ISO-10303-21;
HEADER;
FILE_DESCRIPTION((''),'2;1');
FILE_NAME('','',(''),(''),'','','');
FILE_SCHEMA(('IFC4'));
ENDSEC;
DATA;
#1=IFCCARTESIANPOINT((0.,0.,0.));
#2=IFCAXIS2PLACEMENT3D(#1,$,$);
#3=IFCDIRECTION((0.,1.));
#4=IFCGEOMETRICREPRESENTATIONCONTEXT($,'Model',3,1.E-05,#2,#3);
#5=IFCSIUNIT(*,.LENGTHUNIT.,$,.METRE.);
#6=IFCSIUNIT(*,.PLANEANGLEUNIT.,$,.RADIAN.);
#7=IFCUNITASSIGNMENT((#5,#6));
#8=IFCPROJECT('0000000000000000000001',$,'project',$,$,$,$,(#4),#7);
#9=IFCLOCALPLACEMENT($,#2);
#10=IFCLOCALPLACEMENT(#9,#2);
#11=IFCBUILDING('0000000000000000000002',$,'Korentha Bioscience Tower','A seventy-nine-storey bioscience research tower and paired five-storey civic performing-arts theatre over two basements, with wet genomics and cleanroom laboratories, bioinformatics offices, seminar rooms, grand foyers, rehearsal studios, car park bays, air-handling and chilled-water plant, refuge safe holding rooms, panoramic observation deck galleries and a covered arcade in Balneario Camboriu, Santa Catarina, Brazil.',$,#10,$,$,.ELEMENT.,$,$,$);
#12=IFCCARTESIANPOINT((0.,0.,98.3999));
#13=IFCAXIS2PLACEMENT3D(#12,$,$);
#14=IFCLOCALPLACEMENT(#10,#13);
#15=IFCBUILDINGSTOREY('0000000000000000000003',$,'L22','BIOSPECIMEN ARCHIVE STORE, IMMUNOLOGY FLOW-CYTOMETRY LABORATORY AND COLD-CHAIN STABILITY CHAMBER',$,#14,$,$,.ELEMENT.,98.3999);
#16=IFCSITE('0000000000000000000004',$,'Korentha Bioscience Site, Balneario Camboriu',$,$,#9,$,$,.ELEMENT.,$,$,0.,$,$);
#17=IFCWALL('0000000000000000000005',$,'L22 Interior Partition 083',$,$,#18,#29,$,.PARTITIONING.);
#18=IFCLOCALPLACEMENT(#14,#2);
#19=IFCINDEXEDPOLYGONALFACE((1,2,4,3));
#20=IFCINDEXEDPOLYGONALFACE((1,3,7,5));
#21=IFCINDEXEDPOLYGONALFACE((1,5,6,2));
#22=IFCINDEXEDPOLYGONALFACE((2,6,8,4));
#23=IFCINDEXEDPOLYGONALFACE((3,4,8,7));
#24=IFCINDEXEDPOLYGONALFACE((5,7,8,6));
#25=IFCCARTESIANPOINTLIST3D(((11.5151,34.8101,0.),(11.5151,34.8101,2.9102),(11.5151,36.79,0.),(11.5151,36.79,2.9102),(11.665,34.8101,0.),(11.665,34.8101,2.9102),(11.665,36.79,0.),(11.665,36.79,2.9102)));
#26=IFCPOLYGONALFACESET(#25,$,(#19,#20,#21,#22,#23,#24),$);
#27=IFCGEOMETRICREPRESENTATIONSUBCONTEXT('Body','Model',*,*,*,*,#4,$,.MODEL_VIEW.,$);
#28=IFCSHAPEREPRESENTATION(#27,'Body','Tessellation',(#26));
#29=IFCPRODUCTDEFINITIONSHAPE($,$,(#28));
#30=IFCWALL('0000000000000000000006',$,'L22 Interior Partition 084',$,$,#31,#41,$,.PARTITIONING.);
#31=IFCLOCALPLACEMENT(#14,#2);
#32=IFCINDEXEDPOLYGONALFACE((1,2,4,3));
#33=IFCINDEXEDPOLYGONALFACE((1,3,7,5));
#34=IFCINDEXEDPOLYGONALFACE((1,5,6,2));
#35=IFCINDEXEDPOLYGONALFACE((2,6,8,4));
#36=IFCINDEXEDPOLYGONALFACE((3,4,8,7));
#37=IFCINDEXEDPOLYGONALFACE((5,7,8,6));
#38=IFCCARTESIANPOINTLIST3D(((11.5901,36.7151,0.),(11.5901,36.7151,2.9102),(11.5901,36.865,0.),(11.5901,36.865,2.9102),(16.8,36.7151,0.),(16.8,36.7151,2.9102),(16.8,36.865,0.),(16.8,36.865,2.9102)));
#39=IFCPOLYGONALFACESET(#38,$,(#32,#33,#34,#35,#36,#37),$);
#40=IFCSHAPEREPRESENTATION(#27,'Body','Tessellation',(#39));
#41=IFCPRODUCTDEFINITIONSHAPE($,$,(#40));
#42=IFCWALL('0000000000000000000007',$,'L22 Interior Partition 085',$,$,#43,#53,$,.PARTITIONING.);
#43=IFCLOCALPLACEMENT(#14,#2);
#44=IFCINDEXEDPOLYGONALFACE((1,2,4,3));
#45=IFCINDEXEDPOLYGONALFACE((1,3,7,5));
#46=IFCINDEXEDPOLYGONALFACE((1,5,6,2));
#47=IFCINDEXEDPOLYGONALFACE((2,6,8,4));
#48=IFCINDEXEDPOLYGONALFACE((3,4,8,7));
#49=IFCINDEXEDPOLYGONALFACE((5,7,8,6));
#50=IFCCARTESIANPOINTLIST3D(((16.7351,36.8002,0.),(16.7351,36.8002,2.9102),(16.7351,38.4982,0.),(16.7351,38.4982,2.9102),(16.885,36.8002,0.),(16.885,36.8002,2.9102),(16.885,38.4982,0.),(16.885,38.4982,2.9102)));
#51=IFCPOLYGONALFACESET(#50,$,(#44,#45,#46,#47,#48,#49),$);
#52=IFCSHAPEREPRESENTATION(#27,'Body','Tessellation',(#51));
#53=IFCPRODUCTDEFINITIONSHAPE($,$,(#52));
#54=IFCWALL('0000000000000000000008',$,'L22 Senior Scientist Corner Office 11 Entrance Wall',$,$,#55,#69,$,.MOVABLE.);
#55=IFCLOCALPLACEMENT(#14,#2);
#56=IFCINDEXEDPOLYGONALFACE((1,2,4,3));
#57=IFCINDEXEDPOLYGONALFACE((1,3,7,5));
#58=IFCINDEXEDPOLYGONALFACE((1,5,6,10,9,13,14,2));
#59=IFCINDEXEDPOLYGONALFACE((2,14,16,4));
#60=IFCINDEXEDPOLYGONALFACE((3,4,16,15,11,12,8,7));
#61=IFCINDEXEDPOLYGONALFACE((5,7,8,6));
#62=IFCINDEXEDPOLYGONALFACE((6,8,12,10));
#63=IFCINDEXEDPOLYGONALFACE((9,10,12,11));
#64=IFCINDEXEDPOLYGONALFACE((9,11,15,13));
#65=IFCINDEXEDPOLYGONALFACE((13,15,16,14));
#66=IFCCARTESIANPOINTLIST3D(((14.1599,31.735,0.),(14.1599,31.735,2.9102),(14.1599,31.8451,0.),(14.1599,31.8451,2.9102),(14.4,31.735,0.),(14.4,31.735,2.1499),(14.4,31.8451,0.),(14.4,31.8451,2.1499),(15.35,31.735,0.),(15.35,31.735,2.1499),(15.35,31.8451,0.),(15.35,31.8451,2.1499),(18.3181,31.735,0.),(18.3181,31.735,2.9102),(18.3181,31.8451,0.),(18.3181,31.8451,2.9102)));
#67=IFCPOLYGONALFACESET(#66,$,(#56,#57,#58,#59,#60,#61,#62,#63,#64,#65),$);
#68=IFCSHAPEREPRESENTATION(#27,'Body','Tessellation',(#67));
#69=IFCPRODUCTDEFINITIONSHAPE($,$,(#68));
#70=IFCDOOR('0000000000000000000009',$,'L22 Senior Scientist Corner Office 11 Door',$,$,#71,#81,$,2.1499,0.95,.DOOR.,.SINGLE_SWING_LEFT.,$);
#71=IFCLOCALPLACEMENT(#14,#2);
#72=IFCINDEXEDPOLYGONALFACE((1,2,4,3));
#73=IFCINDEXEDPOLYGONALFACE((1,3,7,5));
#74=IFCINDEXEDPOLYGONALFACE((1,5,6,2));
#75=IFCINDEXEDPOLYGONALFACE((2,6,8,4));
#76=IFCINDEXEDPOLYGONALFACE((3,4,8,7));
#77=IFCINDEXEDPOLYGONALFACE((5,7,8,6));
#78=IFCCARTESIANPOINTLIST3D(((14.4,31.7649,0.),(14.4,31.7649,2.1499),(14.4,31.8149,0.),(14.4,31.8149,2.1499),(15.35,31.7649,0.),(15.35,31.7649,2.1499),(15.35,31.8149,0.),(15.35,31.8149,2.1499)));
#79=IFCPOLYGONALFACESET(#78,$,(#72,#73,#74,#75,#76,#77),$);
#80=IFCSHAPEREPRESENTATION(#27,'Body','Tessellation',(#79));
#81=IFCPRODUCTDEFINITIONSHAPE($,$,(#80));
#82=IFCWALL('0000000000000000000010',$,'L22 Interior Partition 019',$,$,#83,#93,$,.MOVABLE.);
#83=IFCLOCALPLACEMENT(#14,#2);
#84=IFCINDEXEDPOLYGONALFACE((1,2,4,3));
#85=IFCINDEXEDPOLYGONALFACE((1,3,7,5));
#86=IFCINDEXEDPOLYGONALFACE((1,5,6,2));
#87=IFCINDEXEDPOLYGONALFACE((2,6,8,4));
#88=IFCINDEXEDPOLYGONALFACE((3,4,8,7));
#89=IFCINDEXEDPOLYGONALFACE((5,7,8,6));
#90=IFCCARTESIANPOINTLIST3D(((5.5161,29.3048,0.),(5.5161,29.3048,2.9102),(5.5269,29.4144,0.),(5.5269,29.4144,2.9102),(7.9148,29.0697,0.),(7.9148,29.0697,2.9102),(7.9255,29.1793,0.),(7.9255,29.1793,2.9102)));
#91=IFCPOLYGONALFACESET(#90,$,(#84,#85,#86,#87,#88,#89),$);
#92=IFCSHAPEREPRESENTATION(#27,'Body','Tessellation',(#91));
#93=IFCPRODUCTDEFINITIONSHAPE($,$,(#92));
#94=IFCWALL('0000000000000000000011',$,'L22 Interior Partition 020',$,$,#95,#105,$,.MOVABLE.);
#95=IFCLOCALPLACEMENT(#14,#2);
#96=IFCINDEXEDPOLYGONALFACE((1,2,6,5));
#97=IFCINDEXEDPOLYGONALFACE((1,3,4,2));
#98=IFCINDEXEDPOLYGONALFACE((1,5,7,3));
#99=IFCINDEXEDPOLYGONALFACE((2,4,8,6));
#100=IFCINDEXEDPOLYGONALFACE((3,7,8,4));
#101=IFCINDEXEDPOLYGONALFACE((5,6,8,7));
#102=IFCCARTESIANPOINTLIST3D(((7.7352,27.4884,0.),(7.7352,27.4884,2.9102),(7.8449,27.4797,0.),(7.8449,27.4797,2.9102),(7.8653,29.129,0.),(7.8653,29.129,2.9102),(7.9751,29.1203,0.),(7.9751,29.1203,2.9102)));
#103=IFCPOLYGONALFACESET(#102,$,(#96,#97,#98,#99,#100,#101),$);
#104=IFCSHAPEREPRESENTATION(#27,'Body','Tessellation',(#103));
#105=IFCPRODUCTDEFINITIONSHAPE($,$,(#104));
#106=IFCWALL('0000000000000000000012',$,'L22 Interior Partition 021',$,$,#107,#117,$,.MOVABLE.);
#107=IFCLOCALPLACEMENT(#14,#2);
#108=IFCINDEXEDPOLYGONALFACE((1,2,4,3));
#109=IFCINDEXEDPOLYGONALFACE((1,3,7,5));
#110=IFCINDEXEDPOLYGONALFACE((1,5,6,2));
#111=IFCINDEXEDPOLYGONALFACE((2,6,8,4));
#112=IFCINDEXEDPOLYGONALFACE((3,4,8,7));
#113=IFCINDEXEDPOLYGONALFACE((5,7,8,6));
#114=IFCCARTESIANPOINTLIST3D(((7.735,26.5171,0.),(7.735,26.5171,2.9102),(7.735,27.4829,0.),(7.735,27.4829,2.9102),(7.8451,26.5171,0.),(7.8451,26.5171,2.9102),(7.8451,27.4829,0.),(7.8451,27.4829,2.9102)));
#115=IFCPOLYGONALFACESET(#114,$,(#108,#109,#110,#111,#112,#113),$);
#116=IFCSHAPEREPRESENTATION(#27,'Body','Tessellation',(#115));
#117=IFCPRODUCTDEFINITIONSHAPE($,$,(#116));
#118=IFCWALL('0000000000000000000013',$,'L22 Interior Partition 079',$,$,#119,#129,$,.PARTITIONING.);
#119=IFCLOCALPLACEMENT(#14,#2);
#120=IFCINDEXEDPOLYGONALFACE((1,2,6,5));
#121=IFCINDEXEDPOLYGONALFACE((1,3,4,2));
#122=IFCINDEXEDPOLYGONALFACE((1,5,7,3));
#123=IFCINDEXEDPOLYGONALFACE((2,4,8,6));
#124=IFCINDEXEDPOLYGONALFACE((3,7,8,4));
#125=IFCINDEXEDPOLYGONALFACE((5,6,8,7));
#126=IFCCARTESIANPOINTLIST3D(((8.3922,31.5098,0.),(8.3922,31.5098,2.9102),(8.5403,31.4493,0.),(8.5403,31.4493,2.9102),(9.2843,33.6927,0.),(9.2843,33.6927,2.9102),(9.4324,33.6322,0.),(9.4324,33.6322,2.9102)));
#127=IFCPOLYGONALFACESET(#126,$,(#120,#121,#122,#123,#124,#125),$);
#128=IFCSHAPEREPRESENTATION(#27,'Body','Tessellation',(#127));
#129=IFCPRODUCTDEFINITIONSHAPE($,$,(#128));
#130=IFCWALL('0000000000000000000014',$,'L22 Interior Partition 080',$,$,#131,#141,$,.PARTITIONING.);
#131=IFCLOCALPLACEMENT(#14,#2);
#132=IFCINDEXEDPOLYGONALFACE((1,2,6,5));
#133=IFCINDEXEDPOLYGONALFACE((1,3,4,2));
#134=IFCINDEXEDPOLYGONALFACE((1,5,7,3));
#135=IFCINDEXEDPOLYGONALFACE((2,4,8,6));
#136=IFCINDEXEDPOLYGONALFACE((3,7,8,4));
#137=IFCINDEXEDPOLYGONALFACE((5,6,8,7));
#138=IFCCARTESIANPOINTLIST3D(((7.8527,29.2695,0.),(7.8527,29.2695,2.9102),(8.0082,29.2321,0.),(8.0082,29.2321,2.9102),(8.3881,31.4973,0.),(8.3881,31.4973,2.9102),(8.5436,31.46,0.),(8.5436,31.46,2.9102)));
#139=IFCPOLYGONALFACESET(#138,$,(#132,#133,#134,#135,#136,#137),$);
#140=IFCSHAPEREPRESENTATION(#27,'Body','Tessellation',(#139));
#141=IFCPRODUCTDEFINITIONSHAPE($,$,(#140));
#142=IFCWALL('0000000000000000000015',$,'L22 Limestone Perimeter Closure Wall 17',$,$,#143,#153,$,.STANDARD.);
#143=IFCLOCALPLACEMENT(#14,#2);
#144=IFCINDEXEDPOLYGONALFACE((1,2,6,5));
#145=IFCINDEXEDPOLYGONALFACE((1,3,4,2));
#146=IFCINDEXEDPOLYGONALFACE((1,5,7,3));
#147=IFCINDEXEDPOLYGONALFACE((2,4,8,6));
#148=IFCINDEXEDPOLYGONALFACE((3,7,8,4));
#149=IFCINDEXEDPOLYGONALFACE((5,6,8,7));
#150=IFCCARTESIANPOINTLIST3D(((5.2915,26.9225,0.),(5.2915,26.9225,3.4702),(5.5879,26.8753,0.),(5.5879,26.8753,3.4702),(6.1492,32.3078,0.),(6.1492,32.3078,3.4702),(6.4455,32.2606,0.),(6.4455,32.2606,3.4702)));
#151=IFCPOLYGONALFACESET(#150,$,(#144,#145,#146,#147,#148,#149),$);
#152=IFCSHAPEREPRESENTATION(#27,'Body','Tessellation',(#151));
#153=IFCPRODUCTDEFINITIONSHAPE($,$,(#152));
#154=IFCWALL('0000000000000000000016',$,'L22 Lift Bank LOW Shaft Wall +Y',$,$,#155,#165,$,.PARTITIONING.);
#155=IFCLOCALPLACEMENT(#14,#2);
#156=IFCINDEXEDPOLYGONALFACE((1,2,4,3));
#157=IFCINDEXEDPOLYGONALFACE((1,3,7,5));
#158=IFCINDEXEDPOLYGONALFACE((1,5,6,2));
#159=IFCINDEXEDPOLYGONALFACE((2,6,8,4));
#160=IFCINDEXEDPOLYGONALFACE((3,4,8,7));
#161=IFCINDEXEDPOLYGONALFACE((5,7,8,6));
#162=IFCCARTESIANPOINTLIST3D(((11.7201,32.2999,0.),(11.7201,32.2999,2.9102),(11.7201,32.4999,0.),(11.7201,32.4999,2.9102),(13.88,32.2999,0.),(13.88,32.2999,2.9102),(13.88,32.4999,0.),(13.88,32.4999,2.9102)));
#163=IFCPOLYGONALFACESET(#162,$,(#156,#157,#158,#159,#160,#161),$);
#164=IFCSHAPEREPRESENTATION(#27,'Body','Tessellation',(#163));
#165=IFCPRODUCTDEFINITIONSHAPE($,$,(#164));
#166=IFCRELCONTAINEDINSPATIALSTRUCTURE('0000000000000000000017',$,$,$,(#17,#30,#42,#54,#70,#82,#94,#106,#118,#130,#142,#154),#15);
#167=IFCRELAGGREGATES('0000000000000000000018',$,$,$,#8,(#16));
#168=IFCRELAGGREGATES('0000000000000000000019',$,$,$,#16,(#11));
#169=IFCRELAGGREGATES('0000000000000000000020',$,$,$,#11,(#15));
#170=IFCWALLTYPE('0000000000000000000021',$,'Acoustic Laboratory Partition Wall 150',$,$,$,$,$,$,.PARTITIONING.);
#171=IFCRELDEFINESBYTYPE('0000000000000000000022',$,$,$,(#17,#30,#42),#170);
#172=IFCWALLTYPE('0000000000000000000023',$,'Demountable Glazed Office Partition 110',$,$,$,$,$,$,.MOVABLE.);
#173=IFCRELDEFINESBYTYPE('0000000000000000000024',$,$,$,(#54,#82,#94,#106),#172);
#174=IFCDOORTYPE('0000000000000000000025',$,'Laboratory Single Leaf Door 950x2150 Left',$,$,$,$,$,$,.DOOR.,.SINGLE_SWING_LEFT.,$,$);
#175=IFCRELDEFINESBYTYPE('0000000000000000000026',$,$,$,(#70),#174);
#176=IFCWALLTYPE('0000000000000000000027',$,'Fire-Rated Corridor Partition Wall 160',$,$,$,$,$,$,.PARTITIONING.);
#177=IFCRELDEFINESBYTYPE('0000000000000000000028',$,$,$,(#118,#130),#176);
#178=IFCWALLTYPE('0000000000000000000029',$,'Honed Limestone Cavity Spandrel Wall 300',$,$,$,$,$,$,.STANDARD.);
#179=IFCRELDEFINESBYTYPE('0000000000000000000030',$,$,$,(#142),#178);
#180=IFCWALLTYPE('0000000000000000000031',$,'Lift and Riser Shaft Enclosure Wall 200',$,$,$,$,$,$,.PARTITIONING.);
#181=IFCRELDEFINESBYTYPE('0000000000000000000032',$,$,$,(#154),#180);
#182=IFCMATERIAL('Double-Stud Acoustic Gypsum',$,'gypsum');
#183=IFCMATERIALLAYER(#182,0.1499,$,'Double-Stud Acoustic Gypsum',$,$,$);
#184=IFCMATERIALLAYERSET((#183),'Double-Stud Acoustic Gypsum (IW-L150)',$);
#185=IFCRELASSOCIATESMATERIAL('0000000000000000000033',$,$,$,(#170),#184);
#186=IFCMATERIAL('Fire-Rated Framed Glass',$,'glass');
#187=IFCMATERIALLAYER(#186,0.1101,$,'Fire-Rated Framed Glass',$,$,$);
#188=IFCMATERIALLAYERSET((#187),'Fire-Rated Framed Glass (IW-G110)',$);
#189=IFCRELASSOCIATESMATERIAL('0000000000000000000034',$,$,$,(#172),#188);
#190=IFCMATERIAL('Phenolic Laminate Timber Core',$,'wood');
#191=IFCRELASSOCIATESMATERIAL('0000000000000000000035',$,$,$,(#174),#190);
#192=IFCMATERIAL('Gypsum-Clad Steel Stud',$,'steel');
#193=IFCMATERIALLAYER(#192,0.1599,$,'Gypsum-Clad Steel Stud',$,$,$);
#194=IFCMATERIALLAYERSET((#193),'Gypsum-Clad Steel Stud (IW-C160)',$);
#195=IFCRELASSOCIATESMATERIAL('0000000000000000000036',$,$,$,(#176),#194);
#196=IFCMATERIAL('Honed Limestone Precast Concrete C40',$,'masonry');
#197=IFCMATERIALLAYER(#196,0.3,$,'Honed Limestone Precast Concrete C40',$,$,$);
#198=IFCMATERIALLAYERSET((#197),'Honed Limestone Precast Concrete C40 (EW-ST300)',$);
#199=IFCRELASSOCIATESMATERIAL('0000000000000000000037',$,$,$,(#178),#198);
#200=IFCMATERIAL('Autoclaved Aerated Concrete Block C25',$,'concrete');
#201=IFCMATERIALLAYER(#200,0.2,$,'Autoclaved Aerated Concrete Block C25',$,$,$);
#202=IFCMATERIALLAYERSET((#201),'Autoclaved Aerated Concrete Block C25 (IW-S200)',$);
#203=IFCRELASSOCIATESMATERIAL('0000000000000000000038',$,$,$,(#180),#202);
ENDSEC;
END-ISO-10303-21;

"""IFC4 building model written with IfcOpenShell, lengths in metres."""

from ifc_helpers import new_model, si_unit, direction, frame, frame_2d, origin, place, context, subcontext, project, spatial, rectangle, extrude, material, layer, layer_set, type_object, element, fill, save


model = new_model("IFC4")

# Units and contexts
model_context = context("Model", 3, precision=1e-05, world=origin(), true_north=direction((0.0, 1.0)))
body_context = subcontext(model_context, "Body", "Model", "MODEL_VIEW")
ifc_project = project(units=[si_unit("LENGTHUNIT", "METRE"), si_unit("PLANEANGLEUNIT", "RADIAN")], contexts=[model_context])

# Site, building, storey
site_placement = place(None, origin())
site = spatial("IfcSite", under=ifc_project, at=site_placement, Name="Korentha Bioscience Site, Balneario Camboriu", CompositionType="ELEMENT", RefElevation=0.0)
building_placement = place(site_placement, origin())
building = spatial("IfcBuilding", under=site, at=building_placement, Name="Korentha Bioscience Tower", Description="A seventy-nine-storey bioscience research tower and paired five-storey civic performing-arts theatre over two basements, with wet genomics and cleanroom laboratories, bioinformatics offices, seminar rooms, grand foyers, rehearsal studios, car park bays, air-handling and chilled-water plant, refuge safe holding rooms, panoramic observation deck galleries and a covered arcade in Balneario Camboriu, Santa Catarina, Brazil.", CompositionType="ELEMENT")
storey_placement = place(building_placement, frame((0.0, 0.0, 98.3999)))
storey = spatial("IfcBuildingStorey", under=building, at=storey_placement, Name="L22", Description="BIOSPECIMEN ARCHIVE STORE, IMMUNOLOGY FLOW-CYTOMETRY LABORATORY AND COLD-CHAIN STABILITY CHAMBER", CompositionType="ELEMENT", Elevation=98.3999)

# Walls
ifc_material_1 = material(Name="Double-Stud Acoustic Gypsum", Category="gypsum")
ifc_layer_1 = layer(ifc_material_1, 0.1499, Name="Double-Stud Acoustic Gypsum")
ifc_layer_set_1 = layer_set([ifc_layer_1], Name="Double-Stud Acoustic Gypsum (IW-L150)")
wall_type_1 = type_object("IfcWallType", Name="Acoustic Laboratory Partition Wall 150", PredefinedType="PARTITIONING", material=ifc_layer_set_1)
wall_1_placement = place(storey_placement, frame((11.5901, 34.8101, 0.0), z_axis=(0.0, 0.0, 1.0), x_axis=(0.0, 1.0, 0.0)))
element("IfcWall", 1, at=wall_1_placement, inside=storey, type_object=wall_type_1, Name="L22 Interior Partition 083", PredefinedType="PARTITIONING", context=body_context, shape_type="SweptSolid", body=[
    extrude(rectangle(XDim=1.98, YDim=0.1499, at=frame_2d((0.99, 0.0))), origin(), (0.0, 0.0, 1.0), 2.9102),
])
wall_2_placement = place(storey_placement, frame((11.5901, 36.79, 0.0), z_axis=(0.0, 0.0, 1.0), x_axis=(1.0, 0.0, 0.0)))
element("IfcWall", 2, at=wall_2_placement, inside=storey, type_object=wall_type_1, Name="L22 Interior Partition 084", PredefinedType="PARTITIONING", context=body_context, shape_type="SweptSolid", body=[
    extrude(rectangle(XDim=5.21, YDim=0.1499, at=frame_2d((2.605, 0.0))), origin(), (0.0, 0.0, 1.0), 2.9102),
])
wall_3_placement = place(storey_placement, frame((16.8101, 36.8, 0.0), z_axis=(0.0, 0.0, 1.0), x_axis=(0.0, 1.0, 0.0)))
element("IfcWall", 3, at=wall_3_placement, inside=storey, type_object=wall_type_1, Name="L22 Interior Partition 085", PredefinedType="PARTITIONING", context=body_context, shape_type="SweptSolid", body=[
    extrude(rectangle(XDim=1.698, YDim=0.1499, at=frame_2d((0.8491, 0.0))), origin(), (0.0, 0.0, 1.0), 2.9102),
])

# Wall, opening, door
ifc_material_2 = material(Name="Fire-Rated Framed Glass", Category="glass")
ifc_layer_2 = layer(ifc_material_2, 0.1101, Name="Fire-Rated Framed Glass")
ifc_layer_set_2 = layer_set([ifc_layer_2], Name="Fire-Rated Framed Glass (IW-G110)")
wall_type_2 = type_object("IfcWallType", Name="Demountable Glazed Office Partition 110", PredefinedType="MOVABLE", material=ifc_layer_set_2)
wall_4_placement = place(storey_placement, frame((14.1599, 31.79, 0.0), z_axis=(0.0, 0.0, 1.0), x_axis=(1.0, 0.0, 0.0)))
wall_4 = element("IfcWall", 4, at=wall_4_placement, inside=storey, type_object=wall_type_2, Name="L22 Senior Scientist Corner Office 11 Entrance Wall", PredefinedType="MOVABLE", context=body_context, shape_type="SweptSolid", body=[
    extrude(rectangle(XDim=4.1582, YDim=0.1101, at=frame_2d((2.0791, 0.0))), origin(), (0.0, 0.0, 1.0), 2.9102),
])
opening_placement = place(wall_4_placement, frame((0.24, 0.0, 0.0)))
opening = element("IfcOpeningElement", 5, at=opening_placement, cuts=wall_4, PredefinedType="OPENING", context=body_context, shape_type="SweptSolid", body=[
    extrude(rectangle(XDim=0.95, YDim=2.1499, at=frame_2d((0.4751, 1.075))), frame((0.0, 0.0698, 0.0), z_axis=(0.0, -1.0, 0.0), x_axis=(1.0, 0.0, 0.0)), (0.0, 0.0, 1.0), 0.1399),
])
ifc_material_3 = material(Name="Phenolic Laminate Timber Core", Category="wood")
door_type = type_object("IfcDoorType", Name="Laboratory Single Leaf Door 950x2150 Left", OperationType="SINGLE_SWING_LEFT", PredefinedType="DOOR", material=ifc_material_3)
door_placement = place(opening_placement, origin())
door = element("IfcDoor", 6, at=door_placement, inside=storey, type_object=door_type, Name="L22 Senior Scientist Corner Office 11 Door", OperationType="SINGLE_SWING_LEFT", OverallHeight=2.1499, OverallWidth=0.95, PredefinedType="DOOR", context=body_context, shape_type="SweptSolid", body=[
    extrude(rectangle(XDim=0.95, YDim=2.1499, at=frame_2d((0.4751, 1.075))), frame((0.0, 0.0249, 0.0), z_axis=(0.0, -1.0, 0.0), x_axis=(1.0, 0.0, 0.0)), (0.0, 0.0, 1.0), 0.05),
])
fill(opening, door)

# Walls
wall_5_placement = place(storey_placement, frame((5.5215, 29.3596, 0.0), z_axis=(0.0, 0.0, 1.0), x_axis=(0.995231, -0.097548, 0.0)))
element("IfcWall", 7, at=wall_5_placement, inside=storey, type_object=wall_type_2, Name="L22 Interior Partition 019", PredefinedType="MOVABLE", context=body_context, shape_type="SweptSolid", body=[
    extrude(rectangle(XDim=2.4102, YDim=0.1101, at=frame_2d((1.2051, 0.0))), origin(), (0.0, 0.0, 1.0), 2.9102),
])
wall_6_placement = place(storey_placement, frame((7.9202, 29.1245, 0.0), z_axis=(0.0, 0.0, 1.0), x_axis=(-0.079067, -0.996869, 0.0)))
element("IfcWall", 8, at=wall_6_placement, inside=storey, type_object=wall_type_2, Name="L22 Interior Partition 020", PredefinedType="MOVABLE", context=body_context, shape_type="SweptSolid", body=[
    extrude(rectangle(XDim=1.6458, YDim=0.1101, at=frame_2d((0.8228, 0.0))), origin(), (0.0, 0.0, 1.0), 2.9102),
])
wall_7_placement = place(storey_placement, frame((7.79, 27.4829, 0.0), z_axis=(0.0, 0.0, 1.0), x_axis=(0.0, -1.0, 0.0)))
element("IfcWall", 9, at=wall_7_placement, inside=storey, type_object=wall_type_2, Name="L22 Interior Partition 021", PredefinedType="MOVABLE", context=body_context, shape_type="SweptSolid", body=[
    extrude(rectangle(XDim=0.9658, YDim=0.1101, at=frame_2d((0.4829, 0.0))), origin(), (0.0, 0.0, 1.0), 2.9102),
])
ifc_material_4 = material(Name="Gypsum-Clad Steel Stud", Category="steel")
ifc_layer_3 = layer(ifc_material_4, 0.1599, Name="Gypsum-Clad Steel Stud")
ifc_layer_set_3 = layer_set([ifc_layer_3], Name="Gypsum-Clad Steel Stud (IW-C160)")
wall_type_3 = type_object("IfcWallType", Name="Fire-Rated Corridor Partition Wall 160", PredefinedType="PARTITIONING", material=ifc_layer_set_3)
wall_8_placement = place(storey_placement, frame((9.3584, 33.6626, 0.0), z_axis=(0.0, 0.0, 1.0), x_axis=(-0.378306, -0.92568, 0.0)))
element("IfcWall", 10, at=wall_8_placement, inside=storey, type_object=wall_type_3, Name="L22 Interior Partition 079", PredefinedType="PARTITIONING", context=body_context, shape_type="SweptSolid", body=[
    extrude(rectangle(XDim=2.3582, YDim=0.1599, at=frame_2d((1.1792, 0.0))), origin(), (0.0, 0.0, 1.0), 2.9102),
])
wall_9_placement = place(storey_placement, frame((8.4658, 31.4785, 0.0), z_axis=(0.0, 0.0, 1.0), x_axis=(-0.233675, -0.972315, 0.0)))
element("IfcWall", 11, at=wall_9_placement, inside=storey, type_object=wall_type_3, Name="L22 Interior Partition 080", PredefinedType="PARTITIONING", context=body_context, shape_type="SweptSolid", body=[
    extrude(rectangle(XDim=2.2913, YDim=0.1599, at=frame_2d((1.1455, 0.0))), origin(), (0.0, 0.0, 1.0), 2.9102),
])
ifc_material_5 = material(Name="Honed Limestone Precast Concrete C40", Category="masonry")
ifc_layer_4 = layer(ifc_material_5, 0.3, Name="Honed Limestone Precast Concrete C40")
ifc_layer_set_4 = layer_set([ifc_layer_4], Name="Honed Limestone Precast Concrete C40 (EW-ST300)")
wall_type_4 = type_object("IfcWallType", Name="Honed Limestone Cavity Spandrel Wall 300", PredefinedType="STANDARD", material=ifc_layer_set_4)
wall_10_placement = place(storey_placement, frame((6.2974, 32.2842, 0.0), z_axis=(0.0, 0.0, 1.0), x_axis=(-0.15728, -0.987554, 0.0)))
element("IfcWall", 12, at=wall_10_placement, inside=storey, type_object=wall_type_4, Name="L22 Limestone Perimeter Closure Wall 17", PredefinedType="STANDARD", context=body_context, shape_type="SweptSolid", body=[
    extrude(rectangle(XDim=5.4531, YDim=0.3, at=frame_2d((2.7266, 0.0))), origin(), (0.0, 0.0, 1.0), 3.4702),
])
ifc_material_6 = material(Name="Autoclaved Aerated Concrete Block C25", Category="concrete")
ifc_layer_5 = layer(ifc_material_6, 0.2, Name="Autoclaved Aerated Concrete Block C25")
ifc_layer_set_5 = layer_set([ifc_layer_5], Name="Autoclaved Aerated Concrete Block C25 (IW-S200)")
wall_type_5 = type_object("IfcWallType", Name="Lift and Riser Shaft Enclosure Wall 200", PredefinedType="PARTITIONING", material=ifc_layer_set_5)
wall_11_placement = place(storey_placement, frame((11.72, 32.3999, 0.0), z_axis=(0.0, 0.0, 1.0), x_axis=(1.0, 0.0, 0.0)))
element("IfcWall", 13, at=wall_11_placement, inside=storey, type_object=wall_type_5, Name="L22 Lift Bank LOW Shaft Wall +Y", PredefinedType="PARTITIONING", context=body_context, shape_type="SweptSolid", body=[
    extrude(rectangle(XDim=2.1599, YDim=0.2, at=frame_2d((1.0801, 0.0))), origin(), (0.0, 0.0, 1.0), 2.9102),
])

save(model, "model.ifc")
